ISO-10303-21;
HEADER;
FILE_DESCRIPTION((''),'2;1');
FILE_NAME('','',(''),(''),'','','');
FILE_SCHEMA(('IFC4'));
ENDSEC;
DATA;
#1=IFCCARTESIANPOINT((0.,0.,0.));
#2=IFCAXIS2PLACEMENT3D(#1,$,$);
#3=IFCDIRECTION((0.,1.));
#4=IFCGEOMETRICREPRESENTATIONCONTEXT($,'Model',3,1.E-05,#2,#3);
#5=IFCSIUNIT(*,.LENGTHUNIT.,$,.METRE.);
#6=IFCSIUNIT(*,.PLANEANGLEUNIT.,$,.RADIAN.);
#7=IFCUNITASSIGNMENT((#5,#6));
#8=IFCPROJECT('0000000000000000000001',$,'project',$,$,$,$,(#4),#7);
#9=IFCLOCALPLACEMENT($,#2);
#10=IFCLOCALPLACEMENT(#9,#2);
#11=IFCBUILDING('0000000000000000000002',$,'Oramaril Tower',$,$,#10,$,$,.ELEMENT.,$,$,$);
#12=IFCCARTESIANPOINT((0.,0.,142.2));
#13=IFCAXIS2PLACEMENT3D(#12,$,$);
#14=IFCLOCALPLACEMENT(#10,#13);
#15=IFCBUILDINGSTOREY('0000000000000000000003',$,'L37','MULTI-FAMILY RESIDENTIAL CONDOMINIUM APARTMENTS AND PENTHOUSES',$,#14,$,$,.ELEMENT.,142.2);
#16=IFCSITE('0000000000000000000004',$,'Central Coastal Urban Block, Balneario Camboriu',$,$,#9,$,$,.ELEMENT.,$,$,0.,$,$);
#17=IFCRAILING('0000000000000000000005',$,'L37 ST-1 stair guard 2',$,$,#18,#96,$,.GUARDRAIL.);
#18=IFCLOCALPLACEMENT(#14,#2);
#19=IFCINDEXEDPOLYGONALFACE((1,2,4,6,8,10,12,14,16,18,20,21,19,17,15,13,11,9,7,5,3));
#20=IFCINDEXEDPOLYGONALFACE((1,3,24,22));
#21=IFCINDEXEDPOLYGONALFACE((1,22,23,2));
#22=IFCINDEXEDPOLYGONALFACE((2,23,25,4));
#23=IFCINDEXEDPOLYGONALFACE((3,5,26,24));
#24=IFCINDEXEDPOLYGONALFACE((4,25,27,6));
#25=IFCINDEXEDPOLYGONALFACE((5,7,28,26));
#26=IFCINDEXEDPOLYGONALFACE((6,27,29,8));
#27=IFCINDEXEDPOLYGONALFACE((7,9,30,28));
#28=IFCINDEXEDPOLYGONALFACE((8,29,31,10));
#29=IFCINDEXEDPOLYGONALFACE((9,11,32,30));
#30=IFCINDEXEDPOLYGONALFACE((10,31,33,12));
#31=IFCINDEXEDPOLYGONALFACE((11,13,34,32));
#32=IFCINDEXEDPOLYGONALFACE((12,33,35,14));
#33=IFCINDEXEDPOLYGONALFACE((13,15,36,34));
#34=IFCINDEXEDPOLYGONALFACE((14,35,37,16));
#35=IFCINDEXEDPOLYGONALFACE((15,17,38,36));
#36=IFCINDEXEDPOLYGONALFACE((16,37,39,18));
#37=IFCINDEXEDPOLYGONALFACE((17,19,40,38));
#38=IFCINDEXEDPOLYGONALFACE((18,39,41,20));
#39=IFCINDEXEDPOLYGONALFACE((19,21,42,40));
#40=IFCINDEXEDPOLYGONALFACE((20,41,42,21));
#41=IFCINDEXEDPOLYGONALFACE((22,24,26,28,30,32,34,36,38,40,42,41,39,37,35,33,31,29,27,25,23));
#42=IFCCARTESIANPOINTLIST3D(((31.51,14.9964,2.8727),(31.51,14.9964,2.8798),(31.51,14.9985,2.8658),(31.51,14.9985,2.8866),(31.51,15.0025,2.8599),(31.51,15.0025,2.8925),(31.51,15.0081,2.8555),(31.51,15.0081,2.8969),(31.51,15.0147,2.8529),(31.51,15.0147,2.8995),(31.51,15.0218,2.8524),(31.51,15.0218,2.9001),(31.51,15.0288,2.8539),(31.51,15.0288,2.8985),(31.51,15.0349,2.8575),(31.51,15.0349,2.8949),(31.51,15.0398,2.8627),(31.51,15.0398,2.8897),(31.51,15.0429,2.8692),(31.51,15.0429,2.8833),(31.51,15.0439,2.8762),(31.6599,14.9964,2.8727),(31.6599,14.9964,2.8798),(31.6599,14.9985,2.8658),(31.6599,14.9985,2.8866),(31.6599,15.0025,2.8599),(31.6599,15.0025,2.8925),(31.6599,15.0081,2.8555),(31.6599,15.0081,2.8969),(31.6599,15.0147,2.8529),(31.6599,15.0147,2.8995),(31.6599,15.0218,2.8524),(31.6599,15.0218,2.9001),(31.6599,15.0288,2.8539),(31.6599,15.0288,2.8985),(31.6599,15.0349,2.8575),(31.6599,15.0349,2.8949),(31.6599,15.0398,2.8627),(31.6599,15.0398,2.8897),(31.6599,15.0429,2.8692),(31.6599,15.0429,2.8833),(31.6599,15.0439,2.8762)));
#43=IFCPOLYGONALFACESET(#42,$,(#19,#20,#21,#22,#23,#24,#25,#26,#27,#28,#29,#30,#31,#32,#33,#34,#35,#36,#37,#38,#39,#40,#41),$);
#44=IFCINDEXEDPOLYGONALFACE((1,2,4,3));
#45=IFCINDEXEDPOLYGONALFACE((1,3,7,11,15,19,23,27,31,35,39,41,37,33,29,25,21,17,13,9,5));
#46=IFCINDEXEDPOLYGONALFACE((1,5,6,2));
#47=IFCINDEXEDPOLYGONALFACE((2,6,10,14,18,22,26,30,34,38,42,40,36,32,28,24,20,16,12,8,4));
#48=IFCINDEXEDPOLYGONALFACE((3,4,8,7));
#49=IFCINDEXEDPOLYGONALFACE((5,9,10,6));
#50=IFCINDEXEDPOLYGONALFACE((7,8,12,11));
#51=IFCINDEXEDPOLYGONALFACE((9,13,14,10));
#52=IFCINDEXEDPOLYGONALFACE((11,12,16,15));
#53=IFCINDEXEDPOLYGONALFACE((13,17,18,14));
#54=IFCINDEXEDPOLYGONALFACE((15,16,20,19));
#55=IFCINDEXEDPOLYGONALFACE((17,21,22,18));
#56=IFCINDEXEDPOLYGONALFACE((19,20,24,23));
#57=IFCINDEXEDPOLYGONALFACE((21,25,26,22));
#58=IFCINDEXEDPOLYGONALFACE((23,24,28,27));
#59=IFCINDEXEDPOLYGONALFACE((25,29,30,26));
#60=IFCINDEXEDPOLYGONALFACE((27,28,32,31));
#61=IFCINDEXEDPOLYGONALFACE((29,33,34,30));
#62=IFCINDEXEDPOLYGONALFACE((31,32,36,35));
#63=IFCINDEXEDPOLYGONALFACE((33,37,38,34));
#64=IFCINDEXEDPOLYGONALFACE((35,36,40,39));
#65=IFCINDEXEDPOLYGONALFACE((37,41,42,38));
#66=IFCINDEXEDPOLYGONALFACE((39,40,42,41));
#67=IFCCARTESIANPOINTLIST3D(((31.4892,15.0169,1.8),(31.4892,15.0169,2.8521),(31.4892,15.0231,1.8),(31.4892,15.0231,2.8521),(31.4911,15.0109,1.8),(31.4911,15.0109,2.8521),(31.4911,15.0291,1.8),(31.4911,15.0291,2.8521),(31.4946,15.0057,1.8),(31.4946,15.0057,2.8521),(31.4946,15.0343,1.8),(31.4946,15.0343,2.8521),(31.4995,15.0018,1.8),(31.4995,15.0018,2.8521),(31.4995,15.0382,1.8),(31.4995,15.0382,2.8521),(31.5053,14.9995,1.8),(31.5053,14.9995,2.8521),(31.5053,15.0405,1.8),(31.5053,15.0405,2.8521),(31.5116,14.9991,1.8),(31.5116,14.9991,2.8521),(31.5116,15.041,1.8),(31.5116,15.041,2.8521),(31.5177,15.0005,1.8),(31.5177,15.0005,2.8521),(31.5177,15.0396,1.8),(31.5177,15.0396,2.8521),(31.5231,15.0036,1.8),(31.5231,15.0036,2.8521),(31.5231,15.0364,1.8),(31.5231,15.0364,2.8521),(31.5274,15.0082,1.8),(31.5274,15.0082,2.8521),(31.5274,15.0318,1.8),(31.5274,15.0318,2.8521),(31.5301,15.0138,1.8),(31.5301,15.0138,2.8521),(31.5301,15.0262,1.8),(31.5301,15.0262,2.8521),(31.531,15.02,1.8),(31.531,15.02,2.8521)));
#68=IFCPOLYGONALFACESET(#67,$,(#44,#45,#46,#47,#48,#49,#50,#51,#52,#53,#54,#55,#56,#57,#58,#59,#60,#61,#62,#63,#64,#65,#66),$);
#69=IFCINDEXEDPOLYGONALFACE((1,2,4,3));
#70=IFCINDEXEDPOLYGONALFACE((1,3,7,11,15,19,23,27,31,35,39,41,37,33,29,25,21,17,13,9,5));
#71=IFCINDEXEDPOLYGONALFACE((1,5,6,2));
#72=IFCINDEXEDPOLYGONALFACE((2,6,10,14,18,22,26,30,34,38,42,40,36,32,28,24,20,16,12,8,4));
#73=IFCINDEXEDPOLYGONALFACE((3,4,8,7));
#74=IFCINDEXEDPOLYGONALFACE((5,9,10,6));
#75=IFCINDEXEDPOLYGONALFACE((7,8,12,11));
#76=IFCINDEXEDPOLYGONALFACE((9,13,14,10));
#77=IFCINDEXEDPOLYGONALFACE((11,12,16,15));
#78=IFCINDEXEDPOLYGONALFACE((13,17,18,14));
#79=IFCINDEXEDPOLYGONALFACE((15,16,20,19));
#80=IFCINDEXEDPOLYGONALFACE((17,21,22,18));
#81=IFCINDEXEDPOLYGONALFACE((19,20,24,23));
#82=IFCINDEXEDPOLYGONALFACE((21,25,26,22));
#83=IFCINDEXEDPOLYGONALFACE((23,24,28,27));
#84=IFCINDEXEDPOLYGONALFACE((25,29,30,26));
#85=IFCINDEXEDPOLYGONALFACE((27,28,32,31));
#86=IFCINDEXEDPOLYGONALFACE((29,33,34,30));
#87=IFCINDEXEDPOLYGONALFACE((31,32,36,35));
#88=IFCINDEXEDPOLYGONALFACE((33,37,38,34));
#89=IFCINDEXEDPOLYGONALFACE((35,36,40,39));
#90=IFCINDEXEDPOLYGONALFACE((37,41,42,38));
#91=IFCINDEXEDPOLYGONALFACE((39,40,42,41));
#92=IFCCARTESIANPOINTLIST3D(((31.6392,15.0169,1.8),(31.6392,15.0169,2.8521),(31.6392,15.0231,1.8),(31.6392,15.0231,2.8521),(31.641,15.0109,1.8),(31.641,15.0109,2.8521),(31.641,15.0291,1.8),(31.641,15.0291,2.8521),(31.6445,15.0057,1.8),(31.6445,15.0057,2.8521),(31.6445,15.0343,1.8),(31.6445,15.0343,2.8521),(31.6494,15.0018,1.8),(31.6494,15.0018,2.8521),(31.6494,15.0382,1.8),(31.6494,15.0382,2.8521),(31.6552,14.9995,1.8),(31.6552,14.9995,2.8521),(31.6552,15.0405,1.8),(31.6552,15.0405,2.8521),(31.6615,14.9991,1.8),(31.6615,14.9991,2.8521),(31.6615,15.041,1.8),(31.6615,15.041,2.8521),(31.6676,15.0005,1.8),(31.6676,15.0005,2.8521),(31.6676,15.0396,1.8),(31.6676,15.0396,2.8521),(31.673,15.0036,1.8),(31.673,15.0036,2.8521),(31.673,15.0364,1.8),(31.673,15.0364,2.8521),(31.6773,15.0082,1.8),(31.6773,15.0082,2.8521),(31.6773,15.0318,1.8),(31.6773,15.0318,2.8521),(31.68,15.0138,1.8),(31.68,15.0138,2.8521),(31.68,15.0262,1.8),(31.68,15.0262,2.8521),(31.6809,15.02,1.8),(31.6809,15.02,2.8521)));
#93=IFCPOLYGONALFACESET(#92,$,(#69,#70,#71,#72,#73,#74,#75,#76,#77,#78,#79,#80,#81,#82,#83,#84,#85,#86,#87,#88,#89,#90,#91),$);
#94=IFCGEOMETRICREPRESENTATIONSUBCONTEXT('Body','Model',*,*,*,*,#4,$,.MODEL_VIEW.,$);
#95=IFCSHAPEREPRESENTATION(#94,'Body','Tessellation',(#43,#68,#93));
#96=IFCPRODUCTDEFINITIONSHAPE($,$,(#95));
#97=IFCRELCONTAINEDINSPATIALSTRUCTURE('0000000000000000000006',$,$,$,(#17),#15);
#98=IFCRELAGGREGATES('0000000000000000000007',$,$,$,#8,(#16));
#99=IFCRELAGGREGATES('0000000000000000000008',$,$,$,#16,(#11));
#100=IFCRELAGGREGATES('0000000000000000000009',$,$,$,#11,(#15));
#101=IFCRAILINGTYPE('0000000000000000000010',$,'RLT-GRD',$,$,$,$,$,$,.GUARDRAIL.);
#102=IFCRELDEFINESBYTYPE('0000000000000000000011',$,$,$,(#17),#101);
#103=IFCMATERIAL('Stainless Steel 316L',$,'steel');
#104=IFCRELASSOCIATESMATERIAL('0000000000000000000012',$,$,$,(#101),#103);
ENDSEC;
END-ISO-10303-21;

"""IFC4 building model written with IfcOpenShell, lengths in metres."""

from ifc_helpers import new_model, si_unit, direction, frame, origin, origin_2d, place, context, subcontext, project, spatial, circle, extrude, material, type_object, element, save


model = new_model("IFC4")

# Units and contexts
model_context = context("Model", 3, precision=1e-05, world=origin(), true_north=direction((0.0, 1.0)))
body_context = subcontext(model_context, "Body", "Model", "MODEL_VIEW")
ifc_project = project(units=[si_unit("LENGTHUNIT", "METRE"), si_unit("PLANEANGLEUNIT", "RADIAN")], contexts=[model_context])

# Site, building, storey
site_placement = place(None, origin())
site = spatial("IfcSite", under=ifc_project, at=site_placement, Name="Central Coastal Urban Block, Balneario Camboriu", CompositionType="ELEMENT", RefElevation=0.0)
building_placement = place(site_placement, origin())
building = spatial("IfcBuilding", under=site, at=building_placement, Name="Oramaril Tower", CompositionType="ELEMENT")
storey_placement = place(building_placement, frame((0.0, 0.0, 142.2)))
storey = spatial("IfcBuildingStorey", under=building, at=storey_placement, Name="L37", Description="MULTI-FAMILY RESIDENTIAL CONDOMINIUM APARTMENTS AND PENTHOUSES", CompositionType="ELEMENT", Elevation=142.2)

# Railing
ifc_material_1 = material(Name="Stainless Steel 316L", Category="steel")
railing_type_1 = type_object("IfcRailingType", Name="RLT-GRD", PredefinedType="GUARDRAIL", material=ifc_material_1)
railing_1_placement = place(storey_placement, frame((31.51, 15.02, 1.8)))
element("IfcRailing", 1, at=railing_1_placement, inside=storey, type_object=railing_type_1, Name="L37 ST-1 stair guard 2", PredefinedType="GUARDRAIL", context=body_context, shape_type="SweptSolid", body=[
    extrude(circle(Radius=0.0239, at=origin_2d()), frame((0.0, 0.0, 1.0762), z_axis=(1.0, 0.0, 0.0), x_axis=(0.0, 1.0, 0.0)), (0.0, 0.0, 1.0), 0.1499),
    extrude(circle(Radius=0.021, at=origin_2d()), origin(), (0.0, 0.0, 1.0), 1.052),
    extrude(circle(Radius=0.021, at=origin_2d()), frame((0.1499, 0.0, 0.0)), (0.0, 0.0, 1.0), 1.052),
])

save(model, "model.ifc")
